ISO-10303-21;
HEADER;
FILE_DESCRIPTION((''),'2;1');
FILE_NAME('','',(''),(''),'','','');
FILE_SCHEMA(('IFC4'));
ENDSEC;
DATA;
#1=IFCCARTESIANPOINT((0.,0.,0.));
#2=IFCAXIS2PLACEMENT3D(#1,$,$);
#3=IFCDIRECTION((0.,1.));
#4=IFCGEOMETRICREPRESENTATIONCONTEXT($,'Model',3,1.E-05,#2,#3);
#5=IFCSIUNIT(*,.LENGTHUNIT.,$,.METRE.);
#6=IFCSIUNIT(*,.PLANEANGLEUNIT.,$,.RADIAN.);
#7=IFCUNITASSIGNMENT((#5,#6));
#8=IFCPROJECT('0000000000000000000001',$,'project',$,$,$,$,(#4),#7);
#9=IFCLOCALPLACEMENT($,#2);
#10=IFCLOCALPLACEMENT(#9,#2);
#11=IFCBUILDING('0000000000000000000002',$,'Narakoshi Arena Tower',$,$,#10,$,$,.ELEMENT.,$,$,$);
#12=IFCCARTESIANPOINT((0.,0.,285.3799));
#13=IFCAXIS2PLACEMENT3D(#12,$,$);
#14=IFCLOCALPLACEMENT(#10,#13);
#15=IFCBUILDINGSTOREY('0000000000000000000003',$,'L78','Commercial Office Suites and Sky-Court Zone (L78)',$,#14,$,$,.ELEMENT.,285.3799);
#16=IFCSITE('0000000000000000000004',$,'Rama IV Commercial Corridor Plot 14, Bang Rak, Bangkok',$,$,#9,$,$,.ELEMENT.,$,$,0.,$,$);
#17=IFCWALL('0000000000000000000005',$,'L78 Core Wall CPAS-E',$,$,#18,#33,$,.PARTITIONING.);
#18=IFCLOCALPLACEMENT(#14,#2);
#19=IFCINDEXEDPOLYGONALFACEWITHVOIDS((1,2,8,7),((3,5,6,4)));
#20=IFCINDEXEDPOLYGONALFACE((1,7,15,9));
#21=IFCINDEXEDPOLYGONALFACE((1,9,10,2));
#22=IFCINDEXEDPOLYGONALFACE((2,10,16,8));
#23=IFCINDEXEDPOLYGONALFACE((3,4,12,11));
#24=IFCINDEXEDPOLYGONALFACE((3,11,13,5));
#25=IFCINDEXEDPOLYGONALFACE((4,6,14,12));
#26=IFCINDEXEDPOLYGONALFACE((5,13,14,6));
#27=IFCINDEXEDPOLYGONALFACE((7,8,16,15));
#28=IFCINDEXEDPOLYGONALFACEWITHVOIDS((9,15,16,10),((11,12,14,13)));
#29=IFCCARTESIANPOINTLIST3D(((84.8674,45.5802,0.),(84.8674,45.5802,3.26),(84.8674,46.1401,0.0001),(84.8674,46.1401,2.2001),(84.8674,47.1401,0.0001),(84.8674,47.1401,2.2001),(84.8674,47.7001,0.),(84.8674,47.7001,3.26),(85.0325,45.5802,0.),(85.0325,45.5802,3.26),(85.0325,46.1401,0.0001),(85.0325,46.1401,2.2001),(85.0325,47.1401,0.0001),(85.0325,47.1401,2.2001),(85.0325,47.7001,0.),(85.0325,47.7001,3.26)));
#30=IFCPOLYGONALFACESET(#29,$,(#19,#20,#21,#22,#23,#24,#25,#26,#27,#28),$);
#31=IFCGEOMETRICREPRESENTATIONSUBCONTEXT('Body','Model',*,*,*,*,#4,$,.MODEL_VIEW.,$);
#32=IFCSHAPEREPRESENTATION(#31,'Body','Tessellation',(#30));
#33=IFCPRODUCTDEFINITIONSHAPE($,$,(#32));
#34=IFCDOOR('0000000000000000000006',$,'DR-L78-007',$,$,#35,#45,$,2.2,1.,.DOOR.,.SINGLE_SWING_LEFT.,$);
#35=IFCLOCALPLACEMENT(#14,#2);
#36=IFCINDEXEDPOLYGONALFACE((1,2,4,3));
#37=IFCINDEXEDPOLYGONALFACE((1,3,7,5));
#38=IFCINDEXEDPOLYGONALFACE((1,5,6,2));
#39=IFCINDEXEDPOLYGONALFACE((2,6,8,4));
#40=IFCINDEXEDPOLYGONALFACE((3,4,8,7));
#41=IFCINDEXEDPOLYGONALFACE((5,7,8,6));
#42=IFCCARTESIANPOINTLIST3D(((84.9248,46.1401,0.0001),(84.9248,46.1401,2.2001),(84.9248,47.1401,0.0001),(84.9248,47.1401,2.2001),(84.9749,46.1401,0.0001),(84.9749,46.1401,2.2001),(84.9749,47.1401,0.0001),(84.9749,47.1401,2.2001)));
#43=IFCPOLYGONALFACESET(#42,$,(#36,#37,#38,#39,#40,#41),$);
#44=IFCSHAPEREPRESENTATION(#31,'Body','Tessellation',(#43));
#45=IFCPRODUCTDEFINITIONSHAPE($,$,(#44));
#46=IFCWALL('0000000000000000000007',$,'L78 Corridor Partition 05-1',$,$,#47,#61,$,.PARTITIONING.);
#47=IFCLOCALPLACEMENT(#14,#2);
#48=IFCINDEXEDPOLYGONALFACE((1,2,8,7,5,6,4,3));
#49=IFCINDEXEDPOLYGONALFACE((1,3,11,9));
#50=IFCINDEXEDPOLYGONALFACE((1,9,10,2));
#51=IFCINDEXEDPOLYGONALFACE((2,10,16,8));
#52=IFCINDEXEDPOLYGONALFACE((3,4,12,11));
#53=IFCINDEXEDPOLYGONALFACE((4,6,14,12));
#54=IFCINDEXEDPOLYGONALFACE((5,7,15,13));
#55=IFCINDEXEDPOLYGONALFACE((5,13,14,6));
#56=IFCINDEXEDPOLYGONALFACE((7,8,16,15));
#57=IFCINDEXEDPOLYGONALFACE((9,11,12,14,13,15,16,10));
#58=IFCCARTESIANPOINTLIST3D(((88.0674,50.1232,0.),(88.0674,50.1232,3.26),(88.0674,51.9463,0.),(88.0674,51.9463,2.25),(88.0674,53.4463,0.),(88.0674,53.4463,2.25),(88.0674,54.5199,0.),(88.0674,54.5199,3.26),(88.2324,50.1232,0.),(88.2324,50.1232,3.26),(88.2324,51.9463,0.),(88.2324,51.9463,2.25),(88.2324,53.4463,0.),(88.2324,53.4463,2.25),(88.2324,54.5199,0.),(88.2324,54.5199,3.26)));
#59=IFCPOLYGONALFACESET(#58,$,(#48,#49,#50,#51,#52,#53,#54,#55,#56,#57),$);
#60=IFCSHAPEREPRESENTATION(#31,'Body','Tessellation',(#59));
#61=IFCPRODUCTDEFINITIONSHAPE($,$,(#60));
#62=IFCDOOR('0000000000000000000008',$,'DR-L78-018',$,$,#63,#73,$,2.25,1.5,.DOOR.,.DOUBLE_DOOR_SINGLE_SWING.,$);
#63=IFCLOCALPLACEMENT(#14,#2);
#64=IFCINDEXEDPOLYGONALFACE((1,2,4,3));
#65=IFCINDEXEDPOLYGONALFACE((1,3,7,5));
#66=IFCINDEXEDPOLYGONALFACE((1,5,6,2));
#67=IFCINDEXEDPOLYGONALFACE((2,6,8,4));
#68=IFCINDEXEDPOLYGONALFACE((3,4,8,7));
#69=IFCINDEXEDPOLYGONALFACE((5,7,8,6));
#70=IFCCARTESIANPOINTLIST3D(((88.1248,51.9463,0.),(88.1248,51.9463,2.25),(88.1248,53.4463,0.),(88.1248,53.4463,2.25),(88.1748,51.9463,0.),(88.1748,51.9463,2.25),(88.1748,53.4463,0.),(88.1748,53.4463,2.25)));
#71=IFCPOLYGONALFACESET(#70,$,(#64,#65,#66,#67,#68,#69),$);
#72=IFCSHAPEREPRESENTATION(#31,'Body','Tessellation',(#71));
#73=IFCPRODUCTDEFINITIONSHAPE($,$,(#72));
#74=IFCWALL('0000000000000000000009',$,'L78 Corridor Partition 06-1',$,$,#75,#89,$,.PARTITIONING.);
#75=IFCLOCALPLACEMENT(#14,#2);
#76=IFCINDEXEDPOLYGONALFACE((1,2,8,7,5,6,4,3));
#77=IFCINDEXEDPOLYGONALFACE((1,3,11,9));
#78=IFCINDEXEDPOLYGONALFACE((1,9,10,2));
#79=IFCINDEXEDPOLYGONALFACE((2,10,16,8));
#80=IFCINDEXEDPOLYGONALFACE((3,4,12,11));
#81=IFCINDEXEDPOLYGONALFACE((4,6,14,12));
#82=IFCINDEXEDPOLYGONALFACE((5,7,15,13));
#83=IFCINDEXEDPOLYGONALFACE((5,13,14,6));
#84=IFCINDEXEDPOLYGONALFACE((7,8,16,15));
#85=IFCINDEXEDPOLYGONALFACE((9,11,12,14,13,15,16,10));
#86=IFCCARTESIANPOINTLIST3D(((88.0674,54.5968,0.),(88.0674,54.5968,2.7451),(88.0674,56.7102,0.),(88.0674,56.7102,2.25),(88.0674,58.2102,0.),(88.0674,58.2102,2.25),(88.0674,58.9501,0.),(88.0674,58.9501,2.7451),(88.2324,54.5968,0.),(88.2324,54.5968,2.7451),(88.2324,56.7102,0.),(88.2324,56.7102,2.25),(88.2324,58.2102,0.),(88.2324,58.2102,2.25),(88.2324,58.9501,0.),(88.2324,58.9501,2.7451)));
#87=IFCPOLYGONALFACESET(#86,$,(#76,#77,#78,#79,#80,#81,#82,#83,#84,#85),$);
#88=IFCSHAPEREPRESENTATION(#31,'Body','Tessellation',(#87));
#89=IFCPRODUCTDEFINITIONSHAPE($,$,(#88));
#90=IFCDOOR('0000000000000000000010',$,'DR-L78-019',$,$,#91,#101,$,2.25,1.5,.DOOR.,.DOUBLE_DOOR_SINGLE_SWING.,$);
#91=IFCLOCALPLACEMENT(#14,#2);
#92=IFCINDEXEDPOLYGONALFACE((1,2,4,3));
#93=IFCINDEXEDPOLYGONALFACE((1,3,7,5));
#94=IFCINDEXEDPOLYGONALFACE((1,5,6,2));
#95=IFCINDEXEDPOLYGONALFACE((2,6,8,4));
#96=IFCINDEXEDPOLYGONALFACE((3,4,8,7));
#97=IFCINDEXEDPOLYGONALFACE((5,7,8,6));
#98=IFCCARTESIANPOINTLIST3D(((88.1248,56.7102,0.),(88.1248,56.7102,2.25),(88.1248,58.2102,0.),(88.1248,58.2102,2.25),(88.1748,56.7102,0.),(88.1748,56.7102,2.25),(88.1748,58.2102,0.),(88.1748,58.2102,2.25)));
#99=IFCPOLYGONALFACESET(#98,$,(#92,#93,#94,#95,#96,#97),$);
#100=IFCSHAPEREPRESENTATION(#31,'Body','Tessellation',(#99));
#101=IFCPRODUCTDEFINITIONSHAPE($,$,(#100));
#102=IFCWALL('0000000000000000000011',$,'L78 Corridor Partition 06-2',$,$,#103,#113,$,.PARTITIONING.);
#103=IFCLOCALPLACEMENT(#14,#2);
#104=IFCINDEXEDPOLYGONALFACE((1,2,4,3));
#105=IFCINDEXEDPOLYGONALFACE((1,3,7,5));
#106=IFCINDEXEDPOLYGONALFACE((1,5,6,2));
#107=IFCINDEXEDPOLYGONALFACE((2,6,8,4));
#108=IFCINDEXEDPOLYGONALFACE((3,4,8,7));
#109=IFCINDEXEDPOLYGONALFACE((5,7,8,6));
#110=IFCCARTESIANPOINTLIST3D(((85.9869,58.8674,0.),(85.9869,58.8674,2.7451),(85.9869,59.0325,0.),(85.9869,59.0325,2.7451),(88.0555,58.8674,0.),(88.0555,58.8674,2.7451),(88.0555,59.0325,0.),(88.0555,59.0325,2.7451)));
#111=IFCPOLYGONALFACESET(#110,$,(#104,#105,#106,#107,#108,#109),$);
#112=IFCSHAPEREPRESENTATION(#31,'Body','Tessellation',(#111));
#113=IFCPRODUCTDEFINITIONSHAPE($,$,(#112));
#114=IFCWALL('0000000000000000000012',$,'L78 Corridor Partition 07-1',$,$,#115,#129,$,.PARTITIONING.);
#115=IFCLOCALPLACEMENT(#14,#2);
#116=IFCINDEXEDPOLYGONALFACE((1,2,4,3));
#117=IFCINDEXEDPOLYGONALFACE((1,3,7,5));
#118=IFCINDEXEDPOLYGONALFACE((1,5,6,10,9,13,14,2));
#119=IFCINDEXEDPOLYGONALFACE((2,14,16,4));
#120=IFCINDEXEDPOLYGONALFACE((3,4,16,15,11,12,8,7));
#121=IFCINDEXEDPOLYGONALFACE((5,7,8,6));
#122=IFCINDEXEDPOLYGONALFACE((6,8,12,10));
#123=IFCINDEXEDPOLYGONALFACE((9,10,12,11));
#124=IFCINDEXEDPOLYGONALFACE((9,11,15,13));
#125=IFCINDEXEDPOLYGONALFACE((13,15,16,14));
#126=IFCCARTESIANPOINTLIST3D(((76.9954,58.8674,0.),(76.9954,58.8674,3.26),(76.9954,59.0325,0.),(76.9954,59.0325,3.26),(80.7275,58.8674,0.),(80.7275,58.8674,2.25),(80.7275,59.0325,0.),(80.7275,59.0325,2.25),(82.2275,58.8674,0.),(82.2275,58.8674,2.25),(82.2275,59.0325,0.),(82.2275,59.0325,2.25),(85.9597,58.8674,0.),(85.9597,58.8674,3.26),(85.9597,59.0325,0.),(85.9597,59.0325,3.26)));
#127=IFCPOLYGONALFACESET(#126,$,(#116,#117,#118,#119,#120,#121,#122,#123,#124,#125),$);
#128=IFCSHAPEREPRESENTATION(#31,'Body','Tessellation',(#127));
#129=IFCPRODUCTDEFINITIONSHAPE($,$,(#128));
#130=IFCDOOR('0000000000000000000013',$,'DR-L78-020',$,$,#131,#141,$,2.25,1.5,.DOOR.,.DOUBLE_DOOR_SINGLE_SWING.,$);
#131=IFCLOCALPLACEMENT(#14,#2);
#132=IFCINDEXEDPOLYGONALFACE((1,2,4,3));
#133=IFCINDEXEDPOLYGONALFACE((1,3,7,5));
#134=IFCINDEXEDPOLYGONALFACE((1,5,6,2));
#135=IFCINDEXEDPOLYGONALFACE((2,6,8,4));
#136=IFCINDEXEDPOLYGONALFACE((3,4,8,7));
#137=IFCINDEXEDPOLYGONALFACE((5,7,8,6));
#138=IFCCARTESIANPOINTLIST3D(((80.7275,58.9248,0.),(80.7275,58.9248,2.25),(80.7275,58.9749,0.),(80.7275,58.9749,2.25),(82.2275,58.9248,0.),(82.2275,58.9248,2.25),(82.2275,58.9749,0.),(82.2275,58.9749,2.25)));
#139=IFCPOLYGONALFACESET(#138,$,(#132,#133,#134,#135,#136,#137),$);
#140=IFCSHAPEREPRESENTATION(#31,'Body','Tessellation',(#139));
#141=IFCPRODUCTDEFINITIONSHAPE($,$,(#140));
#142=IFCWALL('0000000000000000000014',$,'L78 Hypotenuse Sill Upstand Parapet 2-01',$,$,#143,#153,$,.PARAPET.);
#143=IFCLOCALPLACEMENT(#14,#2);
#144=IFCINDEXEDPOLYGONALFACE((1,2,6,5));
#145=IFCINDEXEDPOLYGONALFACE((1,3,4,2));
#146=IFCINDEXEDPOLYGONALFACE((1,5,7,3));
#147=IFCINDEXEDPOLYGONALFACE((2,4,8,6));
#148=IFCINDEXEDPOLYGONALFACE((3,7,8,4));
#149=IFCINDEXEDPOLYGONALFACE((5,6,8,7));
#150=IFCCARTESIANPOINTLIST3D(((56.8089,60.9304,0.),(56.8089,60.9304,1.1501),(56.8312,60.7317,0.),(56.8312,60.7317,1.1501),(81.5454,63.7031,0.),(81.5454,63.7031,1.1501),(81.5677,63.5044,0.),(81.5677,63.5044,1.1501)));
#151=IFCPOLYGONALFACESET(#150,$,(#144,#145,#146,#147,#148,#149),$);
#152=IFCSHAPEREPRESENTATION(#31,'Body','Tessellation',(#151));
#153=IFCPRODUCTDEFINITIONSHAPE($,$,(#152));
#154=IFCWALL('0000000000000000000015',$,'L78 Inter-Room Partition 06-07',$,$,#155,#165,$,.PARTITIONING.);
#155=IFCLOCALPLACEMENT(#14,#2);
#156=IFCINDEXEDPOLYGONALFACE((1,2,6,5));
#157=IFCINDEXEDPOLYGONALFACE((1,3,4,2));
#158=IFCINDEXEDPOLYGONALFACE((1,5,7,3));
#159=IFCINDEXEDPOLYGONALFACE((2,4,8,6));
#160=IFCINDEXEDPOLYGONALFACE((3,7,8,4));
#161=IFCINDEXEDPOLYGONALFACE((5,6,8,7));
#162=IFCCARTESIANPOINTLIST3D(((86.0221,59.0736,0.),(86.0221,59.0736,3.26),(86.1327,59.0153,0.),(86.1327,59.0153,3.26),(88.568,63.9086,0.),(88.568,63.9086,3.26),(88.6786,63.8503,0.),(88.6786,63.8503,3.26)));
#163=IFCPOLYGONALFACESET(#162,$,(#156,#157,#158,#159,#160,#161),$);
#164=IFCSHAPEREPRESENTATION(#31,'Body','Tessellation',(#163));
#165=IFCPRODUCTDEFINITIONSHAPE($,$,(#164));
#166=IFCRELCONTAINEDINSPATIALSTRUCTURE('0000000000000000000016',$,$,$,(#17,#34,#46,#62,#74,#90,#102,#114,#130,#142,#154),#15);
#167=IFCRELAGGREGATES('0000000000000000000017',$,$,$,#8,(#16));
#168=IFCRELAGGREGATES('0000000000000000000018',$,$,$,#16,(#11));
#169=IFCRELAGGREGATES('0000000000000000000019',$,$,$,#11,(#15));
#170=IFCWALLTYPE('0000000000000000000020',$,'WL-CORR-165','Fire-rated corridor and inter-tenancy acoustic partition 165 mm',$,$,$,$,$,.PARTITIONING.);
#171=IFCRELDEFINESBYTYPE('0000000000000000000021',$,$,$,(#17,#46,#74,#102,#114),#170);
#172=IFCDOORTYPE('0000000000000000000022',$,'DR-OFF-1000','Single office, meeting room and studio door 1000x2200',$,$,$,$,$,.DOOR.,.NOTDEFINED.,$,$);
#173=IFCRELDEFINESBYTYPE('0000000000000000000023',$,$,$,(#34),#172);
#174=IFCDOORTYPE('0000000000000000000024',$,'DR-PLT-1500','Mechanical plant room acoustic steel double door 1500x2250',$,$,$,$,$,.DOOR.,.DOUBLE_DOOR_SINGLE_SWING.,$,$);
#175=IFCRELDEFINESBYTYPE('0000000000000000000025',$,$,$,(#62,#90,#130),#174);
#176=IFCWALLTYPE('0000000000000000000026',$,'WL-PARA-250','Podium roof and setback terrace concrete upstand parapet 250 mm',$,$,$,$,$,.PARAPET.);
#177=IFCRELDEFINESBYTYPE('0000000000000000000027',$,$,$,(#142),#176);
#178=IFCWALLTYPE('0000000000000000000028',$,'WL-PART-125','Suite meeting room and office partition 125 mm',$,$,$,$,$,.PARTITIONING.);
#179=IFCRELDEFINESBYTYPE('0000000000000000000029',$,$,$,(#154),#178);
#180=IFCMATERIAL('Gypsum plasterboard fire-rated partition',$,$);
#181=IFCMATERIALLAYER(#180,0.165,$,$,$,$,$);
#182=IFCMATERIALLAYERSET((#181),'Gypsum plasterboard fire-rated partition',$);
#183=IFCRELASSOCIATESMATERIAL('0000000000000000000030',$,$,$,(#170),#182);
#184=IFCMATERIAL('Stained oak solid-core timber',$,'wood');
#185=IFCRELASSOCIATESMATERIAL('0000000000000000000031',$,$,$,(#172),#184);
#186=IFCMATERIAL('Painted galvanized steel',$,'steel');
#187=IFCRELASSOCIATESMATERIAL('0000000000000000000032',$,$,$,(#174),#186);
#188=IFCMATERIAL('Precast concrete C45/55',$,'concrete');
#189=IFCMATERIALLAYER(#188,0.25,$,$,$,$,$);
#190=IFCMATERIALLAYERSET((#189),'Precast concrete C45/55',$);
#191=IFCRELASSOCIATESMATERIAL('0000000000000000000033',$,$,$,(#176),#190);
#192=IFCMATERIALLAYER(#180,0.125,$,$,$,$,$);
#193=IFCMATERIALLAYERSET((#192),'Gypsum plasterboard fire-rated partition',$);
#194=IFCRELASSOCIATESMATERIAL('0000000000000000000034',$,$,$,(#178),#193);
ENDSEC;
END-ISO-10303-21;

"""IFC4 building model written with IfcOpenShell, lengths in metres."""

from ifc_helpers import new_model, si_unit, direction, frame, frame_2d, origin, place, context, subcontext, project, spatial, rectangle, extrude, material, layer, layer_set, type_object, element, fill, save


model = new_model("IFC4")

# Units and contexts
model_context = context("Model", 3, precision=1e-05, world=origin(), true_north=direction((0.0, 1.0)))
body_context = subcontext(model_context, "Body", "Model", "MODEL_VIEW")
ifc_project = project(units=[si_unit("LENGTHUNIT", "METRE"), si_unit("PLANEANGLEUNIT", "RADIAN")], contexts=[model_context])

# Site, building, storey
site_placement = place(None, origin())
site = spatial("IfcSite", under=ifc_project, at=site_placement, Name="Rama IV Commercial Corridor Plot 14, Bang Rak, Bangkok", CompositionType="ELEMENT", RefElevation=0.0)
building_placement = place(site_placement, origin())
building = spatial("IfcBuilding", under=site, at=building_placement, Name="Narakoshi Arena Tower", CompositionType="ELEMENT")
storey_placement = place(building_placement, frame((0.0, 0.0, 285.3799)))
storey = spatial("IfcBuildingStorey", under=building, at=storey_placement, Name="L78", Description="Commercial Office Suites and Sky-Court Zone (L78)", CompositionType="ELEMENT", Elevation=285.3799)

# Walls, openings, doors
ifc_material_1 = material(Name="Gypsum plasterboard fire-rated partition")
ifc_layer_1 = layer(ifc_material_1, 0.165)
ifc_layer_set_1 = layer_set([ifc_layer_1], Name="Gypsum plasterboard fire-rated partition")
wall_type_1 = type_object("IfcWallType", Name="WL-CORR-165", Description="Fire-rated corridor and inter-tenancy acoustic partition 165 mm", PredefinedType="PARTITIONING", material=ifc_layer_set_1)
wall_1_placement = place(storey_placement, frame((84.95, 45.5801, 0.0), z_axis=(0.0, 0.0, 1.0), x_axis=(0.0, 1.0, 0.0)))
wall_1 = element("IfcWall", 1, at=wall_1_placement, inside=storey, type_object=wall_type_1, Name="L78 Core Wall CPAS-E", PredefinedType="PARTITIONING", context=body_context, shape_type="SweptSolid", body=[
    extrude(rectangle(XDim=2.1199, YDim=0.165, at=frame_2d((1.0601, 0.0))), origin(), (0.0, 0.0, 1.0), 3.26),
])
opening_1_placement = place(wall_1_placement, frame((0.5601, 0.0, 0.0)))
opening_1 = element("IfcOpeningElement", 2, at=opening_1_placement, cuts=wall_1, PredefinedType="OPENING", context=body_context, shape_type="SweptSolid", body=[
    extrude(rectangle(XDim=1.0, YDim=2.2, at=frame_2d((0.5, 1.1001))), frame((0.0, 0.0925, 0.0), z_axis=(0.0, -1.0, 0.0), x_axis=(1.0, 0.0, 0.0)), (0.0, 0.0, 1.0), 0.1851),
])
ifc_material_2 = material(Name="Stained oak solid-core timber", Category="wood")
door_type_1 = type_object("IfcDoorType", Name="DR-OFF-1000", Description="Single office, meeting room and studio door 1000x2200", OperationType="NOTDEFINED", PredefinedType="DOOR", material=ifc_material_2)
door_1_placement = place(opening_1_placement, frame((1.0, 0.0, 0.0), z_axis=(0.0, 0.0, 1.0), x_axis=(-1.0, 0.0, 0.0)))
door_1 = element("IfcDoor", 3, at=door_1_placement, inside=storey, type_object=door_type_1, Name="DR-L78-007", OperationType="SINGLE_SWING_LEFT", OverallHeight=2.2, OverallWidth=1.0, PredefinedType="DOOR", context=body_context, shape_type="SweptSolid", body=[
    extrude(rectangle(XDim=1.0, YDim=2.2, at=frame_2d((0.5, 1.1001))), frame((0.0, 0.0249, 0.0), z_axis=(0.0, -1.0, 0.0), x_axis=(1.0, 0.0, 0.0)), (0.0, 0.0, 1.0), 0.05),
])
fill(opening_1, door_1)
wall_2_placement = place(storey_placement, frame((88.1499, 50.1233, 0.0), z_axis=(0.0, 0.0, 1.0), x_axis=(0.0, 1.0, 0.0)))
wall_2 = element("IfcWall", 4, at=wall_2_placement, inside=storey, type_object=wall_type_1, Name="L78 Corridor Partition 05-1", PredefinedType="PARTITIONING", context=body_context, shape_type="SweptSolid", body=[
    extrude(rectangle(XDim=4.3967, YDim=0.165, at=frame_2d((2.1982, 0.0))), origin(), (0.0, 0.0, 1.0), 3.26),
])
opening_2_placement = place(wall_2_placement, frame((1.823, 0.0, 0.0)))
opening_2 = element("IfcOpeningElement", 5, at=opening_2_placement, cuts=wall_2, PredefinedType="OPENING", context=body_context, shape_type="SweptSolid", body=[
    extrude(rectangle(XDim=1.5, YDim=2.25, at=frame_2d((0.75, 1.125))), frame((0.0, 0.0925, 0.0), z_axis=(0.0, -1.0, 0.0), x_axis=(1.0, 0.0, 0.0)), (0.0, 0.0, 1.0), 0.1851),
])
ifc_material_3 = material(Name="Painted galvanized steel", Category="steel")
door_type_2 = type_object("IfcDoorType", Name="DR-PLT-1500", Description="Mechanical plant room acoustic steel double door 1500x2250", OperationType="DOUBLE_DOOR_SINGLE_SWING", PredefinedType="DOOR", material=ifc_material_3)
door_2_placement = place(opening_2_placement, frame((1.5, 0.0, 0.0), z_axis=(0.0, 0.0, 1.0), x_axis=(-1.0, 0.0, 0.0)))
door_2 = element("IfcDoor", 6, at=door_2_placement, inside=storey, type_object=door_type_2, Name="DR-L78-018", OperationType="DOUBLE_DOOR_SINGLE_SWING", OverallHeight=2.25, OverallWidth=1.5, PredefinedType="DOOR", context=body_context, shape_type="SweptSolid", body=[
    extrude(rectangle(XDim=1.5, YDim=2.25, at=frame_2d((0.75, 1.125))), frame((0.0, 0.0249, 0.0), z_axis=(0.0, -1.0, 0.0), x_axis=(1.0, 0.0, 0.0)), (0.0, 0.0, 1.0), 0.05),
])
fill(opening_2, door_2)
wall_3_placement = place(storey_placement, frame((88.1499, 54.5967, 0.0), z_axis=(0.0, 0.0, 1.0), x_axis=(0.0, 1.0, 0.0)))
wall_3 = element("IfcWall", 7, at=wall_3_placement, inside=storey, type_object=wall_type_1, Name="L78 Corridor Partition 06-1", PredefinedType="PARTITIONING", context=body_context, shape_type="SweptSolid", body=[
    extrude(rectangle(XDim=4.3533, YDim=0.165, at=frame_2d((2.1768, 0.0))), origin(), (0.0, 0.0, 1.0), 2.7451),
])
opening_3_placement = place(wall_3_placement, frame((2.1135, 0.0, 0.0)))
opening_3 = element("IfcOpeningElement", 8, at=opening_3_placement, cuts=wall_3, PredefinedType="OPENING", context=body_context, shape_type="SweptSolid", body=[
    extrude(rectangle(XDim=1.5, YDim=2.25, at=frame_2d((0.75, 1.125))), frame((0.0, 0.0925, 0.0), z_axis=(0.0, -1.0, 0.0), x_axis=(1.0, 0.0, 0.0)), (0.0, 0.0, 1.0), 0.1851),
])
door_3_placement = place(opening_3_placement, frame((1.5, 0.0, 0.0), z_axis=(0.0, 0.0, 1.0), x_axis=(-1.0, 0.0, 0.0)))
door_3 = element("IfcDoor", 9, at=door_3_placement, inside=storey, type_object=door_type_2, Name="DR-L78-019", OperationType="DOUBLE_DOOR_SINGLE_SWING", OverallHeight=2.25, OverallWidth=1.5, PredefinedType="DOOR", context=body_context, shape_type="SweptSolid", body=[
    extrude(rectangle(XDim=1.5, YDim=2.25, at=frame_2d((0.75, 1.125))), frame((0.0, 0.0249, 0.0), z_axis=(0.0, -1.0, 0.0), x_axis=(1.0, 0.0, 0.0)), (0.0, 0.0, 1.0), 0.05),
])
fill(opening_3, door_3)

# Wall
wall_4_placement = place(storey_placement, frame((88.0554, 58.95, 0.0), z_axis=(0.0, 0.0, 1.0), x_axis=(-1.0, 0.0, 0.0)))
element("IfcWall", 10, at=wall_4_placement, inside=storey, type_object=wall_type_1, Name="L78 Corridor Partition 06-2", PredefinedType="PARTITIONING", context=body_context, shape_type="SweptSolid", body=[
    extrude(rectangle(XDim=2.0686, YDim=0.165, at=frame_2d((1.0342, 0.0))), origin(), (0.0, 0.0, 1.0), 2.7451),
])

# Wall, opening, door
wall_5_placement = place(storey_placement, frame((85.9597, 58.95, 0.0), z_axis=(0.0, 0.0, 1.0), x_axis=(-1.0, 0.0, 0.0)))
wall_5 = element("IfcWall", 11, at=wall_5_placement, inside=storey, type_object=wall_type_1, Name="L78 Corridor Partition 07-1", PredefinedType="PARTITIONING", context=body_context, shape_type="SweptSolid", body=[
    extrude(rectangle(XDim=8.9644, YDim=0.165, at=frame_2d((4.4822, 0.0))), origin(), (0.0, 0.0, 1.0), 3.26),
])
opening_4_placement = place(wall_5_placement, frame((3.7322, 0.0, 0.0)))
opening_4 = element("IfcOpeningElement", 12, at=opening_4_placement, cuts=wall_5, PredefinedType="OPENING", context=body_context, shape_type="SweptSolid", body=[
    extrude(rectangle(XDim=1.5, YDim=2.25, at=frame_2d((0.75, 1.125))), frame((0.0, 0.0925, 0.0), z_axis=(0.0, -1.0, 0.0), x_axis=(1.0, 0.0, 0.0)), (0.0, 0.0, 1.0), 0.1851),
])
door_4_placement = place(opening_4_placement, frame((1.5, 0.0, 0.0), z_axis=(0.0, 0.0, 1.0), x_axis=(-1.0, 0.0, 0.0)))
door_4 = element("IfcDoor", 13, at=door_4_placement, inside=storey, type_object=door_type_2, Name="DR-L78-020", OperationType="DOUBLE_DOOR_SINGLE_SWING", OverallHeight=2.25, OverallWidth=1.5, PredefinedType="DOOR", context=body_context, shape_type="SweptSolid", body=[
    extrude(rectangle(XDim=1.5, YDim=2.25, at=frame_2d((0.75, 1.125))), frame((0.0, 0.0249, 0.0), z_axis=(0.0, -1.0, 0.0), x_axis=(1.0, 0.0, 0.0)), (0.0, 0.0, 1.0), 0.05),
])
fill(opening_4, door_4)

# Walls
ifc_material_4 = material(Name="Precast concrete C45/55", Category="concrete")
ifc_layer_2 = layer(ifc_material_4, 0.25)
ifc_layer_set_2 = layer_set([ifc_layer_2], Name="Precast concrete C45/55")
wall_type_2 = type_object("IfcWallType", Name="WL-PARA-250", Description="Podium roof and setback terrace concrete upstand parapet 250 mm", PredefinedType="PARAPET", material=ifc_layer_set_2)
wall_6_placement = place(storey_placement, frame((81.5566, 63.6038, 0.0), z_axis=(0.0, 0.0, 1.0), x_axis=(-0.993776, -0.111393, 0.0)))
element("IfcWall", 14, at=wall_6_placement, inside=storey, type_object=wall_type_2, Name="L78 Hypotenuse Sill Upstand Parapet 2-01", PredefinedType="PARAPET", context=body_context, shape_type="SweptSolid", body=[
    extrude(rectangle(XDim=24.8914, YDim=0.2, at=frame_2d((12.4458, 0.0))), origin(), (0.0, 0.0, 1.0), 1.1501),
])
ifc_layer_3 = layer(ifc_material_1, 0.125)
ifc_layer_set_3 = layer_set([ifc_layer_3], Name="Gypsum plasterboard fire-rated partition")
wall_type_3 = type_object("IfcWallType", Name="WL-PART-125", Description="Suite meeting room and office partition 125 mm", PredefinedType="PARTITIONING", material=ifc_layer_set_3)
wall_7_placement = place(storey_placement, frame((86.0774, 59.0444, 0.0), z_axis=(0.0, 0.0, 1.0), x_axis=(0.465916, 0.884829, 0.0)))
element("IfcWall", 15, at=wall_7_placement, inside=storey, type_object=wall_type_3, Name="L78 Inter-Room Partition 06-07", PredefinedType="PARTITIONING", context=body_context, shape_type="SweptSolid", body=[
    extrude(rectangle(XDim=5.4644, YDim=0.125, at=frame_2d((2.7322, 0.0))), origin(), (0.0, 0.0, 1.0), 3.26),
])

save(model, "model.ifc")
